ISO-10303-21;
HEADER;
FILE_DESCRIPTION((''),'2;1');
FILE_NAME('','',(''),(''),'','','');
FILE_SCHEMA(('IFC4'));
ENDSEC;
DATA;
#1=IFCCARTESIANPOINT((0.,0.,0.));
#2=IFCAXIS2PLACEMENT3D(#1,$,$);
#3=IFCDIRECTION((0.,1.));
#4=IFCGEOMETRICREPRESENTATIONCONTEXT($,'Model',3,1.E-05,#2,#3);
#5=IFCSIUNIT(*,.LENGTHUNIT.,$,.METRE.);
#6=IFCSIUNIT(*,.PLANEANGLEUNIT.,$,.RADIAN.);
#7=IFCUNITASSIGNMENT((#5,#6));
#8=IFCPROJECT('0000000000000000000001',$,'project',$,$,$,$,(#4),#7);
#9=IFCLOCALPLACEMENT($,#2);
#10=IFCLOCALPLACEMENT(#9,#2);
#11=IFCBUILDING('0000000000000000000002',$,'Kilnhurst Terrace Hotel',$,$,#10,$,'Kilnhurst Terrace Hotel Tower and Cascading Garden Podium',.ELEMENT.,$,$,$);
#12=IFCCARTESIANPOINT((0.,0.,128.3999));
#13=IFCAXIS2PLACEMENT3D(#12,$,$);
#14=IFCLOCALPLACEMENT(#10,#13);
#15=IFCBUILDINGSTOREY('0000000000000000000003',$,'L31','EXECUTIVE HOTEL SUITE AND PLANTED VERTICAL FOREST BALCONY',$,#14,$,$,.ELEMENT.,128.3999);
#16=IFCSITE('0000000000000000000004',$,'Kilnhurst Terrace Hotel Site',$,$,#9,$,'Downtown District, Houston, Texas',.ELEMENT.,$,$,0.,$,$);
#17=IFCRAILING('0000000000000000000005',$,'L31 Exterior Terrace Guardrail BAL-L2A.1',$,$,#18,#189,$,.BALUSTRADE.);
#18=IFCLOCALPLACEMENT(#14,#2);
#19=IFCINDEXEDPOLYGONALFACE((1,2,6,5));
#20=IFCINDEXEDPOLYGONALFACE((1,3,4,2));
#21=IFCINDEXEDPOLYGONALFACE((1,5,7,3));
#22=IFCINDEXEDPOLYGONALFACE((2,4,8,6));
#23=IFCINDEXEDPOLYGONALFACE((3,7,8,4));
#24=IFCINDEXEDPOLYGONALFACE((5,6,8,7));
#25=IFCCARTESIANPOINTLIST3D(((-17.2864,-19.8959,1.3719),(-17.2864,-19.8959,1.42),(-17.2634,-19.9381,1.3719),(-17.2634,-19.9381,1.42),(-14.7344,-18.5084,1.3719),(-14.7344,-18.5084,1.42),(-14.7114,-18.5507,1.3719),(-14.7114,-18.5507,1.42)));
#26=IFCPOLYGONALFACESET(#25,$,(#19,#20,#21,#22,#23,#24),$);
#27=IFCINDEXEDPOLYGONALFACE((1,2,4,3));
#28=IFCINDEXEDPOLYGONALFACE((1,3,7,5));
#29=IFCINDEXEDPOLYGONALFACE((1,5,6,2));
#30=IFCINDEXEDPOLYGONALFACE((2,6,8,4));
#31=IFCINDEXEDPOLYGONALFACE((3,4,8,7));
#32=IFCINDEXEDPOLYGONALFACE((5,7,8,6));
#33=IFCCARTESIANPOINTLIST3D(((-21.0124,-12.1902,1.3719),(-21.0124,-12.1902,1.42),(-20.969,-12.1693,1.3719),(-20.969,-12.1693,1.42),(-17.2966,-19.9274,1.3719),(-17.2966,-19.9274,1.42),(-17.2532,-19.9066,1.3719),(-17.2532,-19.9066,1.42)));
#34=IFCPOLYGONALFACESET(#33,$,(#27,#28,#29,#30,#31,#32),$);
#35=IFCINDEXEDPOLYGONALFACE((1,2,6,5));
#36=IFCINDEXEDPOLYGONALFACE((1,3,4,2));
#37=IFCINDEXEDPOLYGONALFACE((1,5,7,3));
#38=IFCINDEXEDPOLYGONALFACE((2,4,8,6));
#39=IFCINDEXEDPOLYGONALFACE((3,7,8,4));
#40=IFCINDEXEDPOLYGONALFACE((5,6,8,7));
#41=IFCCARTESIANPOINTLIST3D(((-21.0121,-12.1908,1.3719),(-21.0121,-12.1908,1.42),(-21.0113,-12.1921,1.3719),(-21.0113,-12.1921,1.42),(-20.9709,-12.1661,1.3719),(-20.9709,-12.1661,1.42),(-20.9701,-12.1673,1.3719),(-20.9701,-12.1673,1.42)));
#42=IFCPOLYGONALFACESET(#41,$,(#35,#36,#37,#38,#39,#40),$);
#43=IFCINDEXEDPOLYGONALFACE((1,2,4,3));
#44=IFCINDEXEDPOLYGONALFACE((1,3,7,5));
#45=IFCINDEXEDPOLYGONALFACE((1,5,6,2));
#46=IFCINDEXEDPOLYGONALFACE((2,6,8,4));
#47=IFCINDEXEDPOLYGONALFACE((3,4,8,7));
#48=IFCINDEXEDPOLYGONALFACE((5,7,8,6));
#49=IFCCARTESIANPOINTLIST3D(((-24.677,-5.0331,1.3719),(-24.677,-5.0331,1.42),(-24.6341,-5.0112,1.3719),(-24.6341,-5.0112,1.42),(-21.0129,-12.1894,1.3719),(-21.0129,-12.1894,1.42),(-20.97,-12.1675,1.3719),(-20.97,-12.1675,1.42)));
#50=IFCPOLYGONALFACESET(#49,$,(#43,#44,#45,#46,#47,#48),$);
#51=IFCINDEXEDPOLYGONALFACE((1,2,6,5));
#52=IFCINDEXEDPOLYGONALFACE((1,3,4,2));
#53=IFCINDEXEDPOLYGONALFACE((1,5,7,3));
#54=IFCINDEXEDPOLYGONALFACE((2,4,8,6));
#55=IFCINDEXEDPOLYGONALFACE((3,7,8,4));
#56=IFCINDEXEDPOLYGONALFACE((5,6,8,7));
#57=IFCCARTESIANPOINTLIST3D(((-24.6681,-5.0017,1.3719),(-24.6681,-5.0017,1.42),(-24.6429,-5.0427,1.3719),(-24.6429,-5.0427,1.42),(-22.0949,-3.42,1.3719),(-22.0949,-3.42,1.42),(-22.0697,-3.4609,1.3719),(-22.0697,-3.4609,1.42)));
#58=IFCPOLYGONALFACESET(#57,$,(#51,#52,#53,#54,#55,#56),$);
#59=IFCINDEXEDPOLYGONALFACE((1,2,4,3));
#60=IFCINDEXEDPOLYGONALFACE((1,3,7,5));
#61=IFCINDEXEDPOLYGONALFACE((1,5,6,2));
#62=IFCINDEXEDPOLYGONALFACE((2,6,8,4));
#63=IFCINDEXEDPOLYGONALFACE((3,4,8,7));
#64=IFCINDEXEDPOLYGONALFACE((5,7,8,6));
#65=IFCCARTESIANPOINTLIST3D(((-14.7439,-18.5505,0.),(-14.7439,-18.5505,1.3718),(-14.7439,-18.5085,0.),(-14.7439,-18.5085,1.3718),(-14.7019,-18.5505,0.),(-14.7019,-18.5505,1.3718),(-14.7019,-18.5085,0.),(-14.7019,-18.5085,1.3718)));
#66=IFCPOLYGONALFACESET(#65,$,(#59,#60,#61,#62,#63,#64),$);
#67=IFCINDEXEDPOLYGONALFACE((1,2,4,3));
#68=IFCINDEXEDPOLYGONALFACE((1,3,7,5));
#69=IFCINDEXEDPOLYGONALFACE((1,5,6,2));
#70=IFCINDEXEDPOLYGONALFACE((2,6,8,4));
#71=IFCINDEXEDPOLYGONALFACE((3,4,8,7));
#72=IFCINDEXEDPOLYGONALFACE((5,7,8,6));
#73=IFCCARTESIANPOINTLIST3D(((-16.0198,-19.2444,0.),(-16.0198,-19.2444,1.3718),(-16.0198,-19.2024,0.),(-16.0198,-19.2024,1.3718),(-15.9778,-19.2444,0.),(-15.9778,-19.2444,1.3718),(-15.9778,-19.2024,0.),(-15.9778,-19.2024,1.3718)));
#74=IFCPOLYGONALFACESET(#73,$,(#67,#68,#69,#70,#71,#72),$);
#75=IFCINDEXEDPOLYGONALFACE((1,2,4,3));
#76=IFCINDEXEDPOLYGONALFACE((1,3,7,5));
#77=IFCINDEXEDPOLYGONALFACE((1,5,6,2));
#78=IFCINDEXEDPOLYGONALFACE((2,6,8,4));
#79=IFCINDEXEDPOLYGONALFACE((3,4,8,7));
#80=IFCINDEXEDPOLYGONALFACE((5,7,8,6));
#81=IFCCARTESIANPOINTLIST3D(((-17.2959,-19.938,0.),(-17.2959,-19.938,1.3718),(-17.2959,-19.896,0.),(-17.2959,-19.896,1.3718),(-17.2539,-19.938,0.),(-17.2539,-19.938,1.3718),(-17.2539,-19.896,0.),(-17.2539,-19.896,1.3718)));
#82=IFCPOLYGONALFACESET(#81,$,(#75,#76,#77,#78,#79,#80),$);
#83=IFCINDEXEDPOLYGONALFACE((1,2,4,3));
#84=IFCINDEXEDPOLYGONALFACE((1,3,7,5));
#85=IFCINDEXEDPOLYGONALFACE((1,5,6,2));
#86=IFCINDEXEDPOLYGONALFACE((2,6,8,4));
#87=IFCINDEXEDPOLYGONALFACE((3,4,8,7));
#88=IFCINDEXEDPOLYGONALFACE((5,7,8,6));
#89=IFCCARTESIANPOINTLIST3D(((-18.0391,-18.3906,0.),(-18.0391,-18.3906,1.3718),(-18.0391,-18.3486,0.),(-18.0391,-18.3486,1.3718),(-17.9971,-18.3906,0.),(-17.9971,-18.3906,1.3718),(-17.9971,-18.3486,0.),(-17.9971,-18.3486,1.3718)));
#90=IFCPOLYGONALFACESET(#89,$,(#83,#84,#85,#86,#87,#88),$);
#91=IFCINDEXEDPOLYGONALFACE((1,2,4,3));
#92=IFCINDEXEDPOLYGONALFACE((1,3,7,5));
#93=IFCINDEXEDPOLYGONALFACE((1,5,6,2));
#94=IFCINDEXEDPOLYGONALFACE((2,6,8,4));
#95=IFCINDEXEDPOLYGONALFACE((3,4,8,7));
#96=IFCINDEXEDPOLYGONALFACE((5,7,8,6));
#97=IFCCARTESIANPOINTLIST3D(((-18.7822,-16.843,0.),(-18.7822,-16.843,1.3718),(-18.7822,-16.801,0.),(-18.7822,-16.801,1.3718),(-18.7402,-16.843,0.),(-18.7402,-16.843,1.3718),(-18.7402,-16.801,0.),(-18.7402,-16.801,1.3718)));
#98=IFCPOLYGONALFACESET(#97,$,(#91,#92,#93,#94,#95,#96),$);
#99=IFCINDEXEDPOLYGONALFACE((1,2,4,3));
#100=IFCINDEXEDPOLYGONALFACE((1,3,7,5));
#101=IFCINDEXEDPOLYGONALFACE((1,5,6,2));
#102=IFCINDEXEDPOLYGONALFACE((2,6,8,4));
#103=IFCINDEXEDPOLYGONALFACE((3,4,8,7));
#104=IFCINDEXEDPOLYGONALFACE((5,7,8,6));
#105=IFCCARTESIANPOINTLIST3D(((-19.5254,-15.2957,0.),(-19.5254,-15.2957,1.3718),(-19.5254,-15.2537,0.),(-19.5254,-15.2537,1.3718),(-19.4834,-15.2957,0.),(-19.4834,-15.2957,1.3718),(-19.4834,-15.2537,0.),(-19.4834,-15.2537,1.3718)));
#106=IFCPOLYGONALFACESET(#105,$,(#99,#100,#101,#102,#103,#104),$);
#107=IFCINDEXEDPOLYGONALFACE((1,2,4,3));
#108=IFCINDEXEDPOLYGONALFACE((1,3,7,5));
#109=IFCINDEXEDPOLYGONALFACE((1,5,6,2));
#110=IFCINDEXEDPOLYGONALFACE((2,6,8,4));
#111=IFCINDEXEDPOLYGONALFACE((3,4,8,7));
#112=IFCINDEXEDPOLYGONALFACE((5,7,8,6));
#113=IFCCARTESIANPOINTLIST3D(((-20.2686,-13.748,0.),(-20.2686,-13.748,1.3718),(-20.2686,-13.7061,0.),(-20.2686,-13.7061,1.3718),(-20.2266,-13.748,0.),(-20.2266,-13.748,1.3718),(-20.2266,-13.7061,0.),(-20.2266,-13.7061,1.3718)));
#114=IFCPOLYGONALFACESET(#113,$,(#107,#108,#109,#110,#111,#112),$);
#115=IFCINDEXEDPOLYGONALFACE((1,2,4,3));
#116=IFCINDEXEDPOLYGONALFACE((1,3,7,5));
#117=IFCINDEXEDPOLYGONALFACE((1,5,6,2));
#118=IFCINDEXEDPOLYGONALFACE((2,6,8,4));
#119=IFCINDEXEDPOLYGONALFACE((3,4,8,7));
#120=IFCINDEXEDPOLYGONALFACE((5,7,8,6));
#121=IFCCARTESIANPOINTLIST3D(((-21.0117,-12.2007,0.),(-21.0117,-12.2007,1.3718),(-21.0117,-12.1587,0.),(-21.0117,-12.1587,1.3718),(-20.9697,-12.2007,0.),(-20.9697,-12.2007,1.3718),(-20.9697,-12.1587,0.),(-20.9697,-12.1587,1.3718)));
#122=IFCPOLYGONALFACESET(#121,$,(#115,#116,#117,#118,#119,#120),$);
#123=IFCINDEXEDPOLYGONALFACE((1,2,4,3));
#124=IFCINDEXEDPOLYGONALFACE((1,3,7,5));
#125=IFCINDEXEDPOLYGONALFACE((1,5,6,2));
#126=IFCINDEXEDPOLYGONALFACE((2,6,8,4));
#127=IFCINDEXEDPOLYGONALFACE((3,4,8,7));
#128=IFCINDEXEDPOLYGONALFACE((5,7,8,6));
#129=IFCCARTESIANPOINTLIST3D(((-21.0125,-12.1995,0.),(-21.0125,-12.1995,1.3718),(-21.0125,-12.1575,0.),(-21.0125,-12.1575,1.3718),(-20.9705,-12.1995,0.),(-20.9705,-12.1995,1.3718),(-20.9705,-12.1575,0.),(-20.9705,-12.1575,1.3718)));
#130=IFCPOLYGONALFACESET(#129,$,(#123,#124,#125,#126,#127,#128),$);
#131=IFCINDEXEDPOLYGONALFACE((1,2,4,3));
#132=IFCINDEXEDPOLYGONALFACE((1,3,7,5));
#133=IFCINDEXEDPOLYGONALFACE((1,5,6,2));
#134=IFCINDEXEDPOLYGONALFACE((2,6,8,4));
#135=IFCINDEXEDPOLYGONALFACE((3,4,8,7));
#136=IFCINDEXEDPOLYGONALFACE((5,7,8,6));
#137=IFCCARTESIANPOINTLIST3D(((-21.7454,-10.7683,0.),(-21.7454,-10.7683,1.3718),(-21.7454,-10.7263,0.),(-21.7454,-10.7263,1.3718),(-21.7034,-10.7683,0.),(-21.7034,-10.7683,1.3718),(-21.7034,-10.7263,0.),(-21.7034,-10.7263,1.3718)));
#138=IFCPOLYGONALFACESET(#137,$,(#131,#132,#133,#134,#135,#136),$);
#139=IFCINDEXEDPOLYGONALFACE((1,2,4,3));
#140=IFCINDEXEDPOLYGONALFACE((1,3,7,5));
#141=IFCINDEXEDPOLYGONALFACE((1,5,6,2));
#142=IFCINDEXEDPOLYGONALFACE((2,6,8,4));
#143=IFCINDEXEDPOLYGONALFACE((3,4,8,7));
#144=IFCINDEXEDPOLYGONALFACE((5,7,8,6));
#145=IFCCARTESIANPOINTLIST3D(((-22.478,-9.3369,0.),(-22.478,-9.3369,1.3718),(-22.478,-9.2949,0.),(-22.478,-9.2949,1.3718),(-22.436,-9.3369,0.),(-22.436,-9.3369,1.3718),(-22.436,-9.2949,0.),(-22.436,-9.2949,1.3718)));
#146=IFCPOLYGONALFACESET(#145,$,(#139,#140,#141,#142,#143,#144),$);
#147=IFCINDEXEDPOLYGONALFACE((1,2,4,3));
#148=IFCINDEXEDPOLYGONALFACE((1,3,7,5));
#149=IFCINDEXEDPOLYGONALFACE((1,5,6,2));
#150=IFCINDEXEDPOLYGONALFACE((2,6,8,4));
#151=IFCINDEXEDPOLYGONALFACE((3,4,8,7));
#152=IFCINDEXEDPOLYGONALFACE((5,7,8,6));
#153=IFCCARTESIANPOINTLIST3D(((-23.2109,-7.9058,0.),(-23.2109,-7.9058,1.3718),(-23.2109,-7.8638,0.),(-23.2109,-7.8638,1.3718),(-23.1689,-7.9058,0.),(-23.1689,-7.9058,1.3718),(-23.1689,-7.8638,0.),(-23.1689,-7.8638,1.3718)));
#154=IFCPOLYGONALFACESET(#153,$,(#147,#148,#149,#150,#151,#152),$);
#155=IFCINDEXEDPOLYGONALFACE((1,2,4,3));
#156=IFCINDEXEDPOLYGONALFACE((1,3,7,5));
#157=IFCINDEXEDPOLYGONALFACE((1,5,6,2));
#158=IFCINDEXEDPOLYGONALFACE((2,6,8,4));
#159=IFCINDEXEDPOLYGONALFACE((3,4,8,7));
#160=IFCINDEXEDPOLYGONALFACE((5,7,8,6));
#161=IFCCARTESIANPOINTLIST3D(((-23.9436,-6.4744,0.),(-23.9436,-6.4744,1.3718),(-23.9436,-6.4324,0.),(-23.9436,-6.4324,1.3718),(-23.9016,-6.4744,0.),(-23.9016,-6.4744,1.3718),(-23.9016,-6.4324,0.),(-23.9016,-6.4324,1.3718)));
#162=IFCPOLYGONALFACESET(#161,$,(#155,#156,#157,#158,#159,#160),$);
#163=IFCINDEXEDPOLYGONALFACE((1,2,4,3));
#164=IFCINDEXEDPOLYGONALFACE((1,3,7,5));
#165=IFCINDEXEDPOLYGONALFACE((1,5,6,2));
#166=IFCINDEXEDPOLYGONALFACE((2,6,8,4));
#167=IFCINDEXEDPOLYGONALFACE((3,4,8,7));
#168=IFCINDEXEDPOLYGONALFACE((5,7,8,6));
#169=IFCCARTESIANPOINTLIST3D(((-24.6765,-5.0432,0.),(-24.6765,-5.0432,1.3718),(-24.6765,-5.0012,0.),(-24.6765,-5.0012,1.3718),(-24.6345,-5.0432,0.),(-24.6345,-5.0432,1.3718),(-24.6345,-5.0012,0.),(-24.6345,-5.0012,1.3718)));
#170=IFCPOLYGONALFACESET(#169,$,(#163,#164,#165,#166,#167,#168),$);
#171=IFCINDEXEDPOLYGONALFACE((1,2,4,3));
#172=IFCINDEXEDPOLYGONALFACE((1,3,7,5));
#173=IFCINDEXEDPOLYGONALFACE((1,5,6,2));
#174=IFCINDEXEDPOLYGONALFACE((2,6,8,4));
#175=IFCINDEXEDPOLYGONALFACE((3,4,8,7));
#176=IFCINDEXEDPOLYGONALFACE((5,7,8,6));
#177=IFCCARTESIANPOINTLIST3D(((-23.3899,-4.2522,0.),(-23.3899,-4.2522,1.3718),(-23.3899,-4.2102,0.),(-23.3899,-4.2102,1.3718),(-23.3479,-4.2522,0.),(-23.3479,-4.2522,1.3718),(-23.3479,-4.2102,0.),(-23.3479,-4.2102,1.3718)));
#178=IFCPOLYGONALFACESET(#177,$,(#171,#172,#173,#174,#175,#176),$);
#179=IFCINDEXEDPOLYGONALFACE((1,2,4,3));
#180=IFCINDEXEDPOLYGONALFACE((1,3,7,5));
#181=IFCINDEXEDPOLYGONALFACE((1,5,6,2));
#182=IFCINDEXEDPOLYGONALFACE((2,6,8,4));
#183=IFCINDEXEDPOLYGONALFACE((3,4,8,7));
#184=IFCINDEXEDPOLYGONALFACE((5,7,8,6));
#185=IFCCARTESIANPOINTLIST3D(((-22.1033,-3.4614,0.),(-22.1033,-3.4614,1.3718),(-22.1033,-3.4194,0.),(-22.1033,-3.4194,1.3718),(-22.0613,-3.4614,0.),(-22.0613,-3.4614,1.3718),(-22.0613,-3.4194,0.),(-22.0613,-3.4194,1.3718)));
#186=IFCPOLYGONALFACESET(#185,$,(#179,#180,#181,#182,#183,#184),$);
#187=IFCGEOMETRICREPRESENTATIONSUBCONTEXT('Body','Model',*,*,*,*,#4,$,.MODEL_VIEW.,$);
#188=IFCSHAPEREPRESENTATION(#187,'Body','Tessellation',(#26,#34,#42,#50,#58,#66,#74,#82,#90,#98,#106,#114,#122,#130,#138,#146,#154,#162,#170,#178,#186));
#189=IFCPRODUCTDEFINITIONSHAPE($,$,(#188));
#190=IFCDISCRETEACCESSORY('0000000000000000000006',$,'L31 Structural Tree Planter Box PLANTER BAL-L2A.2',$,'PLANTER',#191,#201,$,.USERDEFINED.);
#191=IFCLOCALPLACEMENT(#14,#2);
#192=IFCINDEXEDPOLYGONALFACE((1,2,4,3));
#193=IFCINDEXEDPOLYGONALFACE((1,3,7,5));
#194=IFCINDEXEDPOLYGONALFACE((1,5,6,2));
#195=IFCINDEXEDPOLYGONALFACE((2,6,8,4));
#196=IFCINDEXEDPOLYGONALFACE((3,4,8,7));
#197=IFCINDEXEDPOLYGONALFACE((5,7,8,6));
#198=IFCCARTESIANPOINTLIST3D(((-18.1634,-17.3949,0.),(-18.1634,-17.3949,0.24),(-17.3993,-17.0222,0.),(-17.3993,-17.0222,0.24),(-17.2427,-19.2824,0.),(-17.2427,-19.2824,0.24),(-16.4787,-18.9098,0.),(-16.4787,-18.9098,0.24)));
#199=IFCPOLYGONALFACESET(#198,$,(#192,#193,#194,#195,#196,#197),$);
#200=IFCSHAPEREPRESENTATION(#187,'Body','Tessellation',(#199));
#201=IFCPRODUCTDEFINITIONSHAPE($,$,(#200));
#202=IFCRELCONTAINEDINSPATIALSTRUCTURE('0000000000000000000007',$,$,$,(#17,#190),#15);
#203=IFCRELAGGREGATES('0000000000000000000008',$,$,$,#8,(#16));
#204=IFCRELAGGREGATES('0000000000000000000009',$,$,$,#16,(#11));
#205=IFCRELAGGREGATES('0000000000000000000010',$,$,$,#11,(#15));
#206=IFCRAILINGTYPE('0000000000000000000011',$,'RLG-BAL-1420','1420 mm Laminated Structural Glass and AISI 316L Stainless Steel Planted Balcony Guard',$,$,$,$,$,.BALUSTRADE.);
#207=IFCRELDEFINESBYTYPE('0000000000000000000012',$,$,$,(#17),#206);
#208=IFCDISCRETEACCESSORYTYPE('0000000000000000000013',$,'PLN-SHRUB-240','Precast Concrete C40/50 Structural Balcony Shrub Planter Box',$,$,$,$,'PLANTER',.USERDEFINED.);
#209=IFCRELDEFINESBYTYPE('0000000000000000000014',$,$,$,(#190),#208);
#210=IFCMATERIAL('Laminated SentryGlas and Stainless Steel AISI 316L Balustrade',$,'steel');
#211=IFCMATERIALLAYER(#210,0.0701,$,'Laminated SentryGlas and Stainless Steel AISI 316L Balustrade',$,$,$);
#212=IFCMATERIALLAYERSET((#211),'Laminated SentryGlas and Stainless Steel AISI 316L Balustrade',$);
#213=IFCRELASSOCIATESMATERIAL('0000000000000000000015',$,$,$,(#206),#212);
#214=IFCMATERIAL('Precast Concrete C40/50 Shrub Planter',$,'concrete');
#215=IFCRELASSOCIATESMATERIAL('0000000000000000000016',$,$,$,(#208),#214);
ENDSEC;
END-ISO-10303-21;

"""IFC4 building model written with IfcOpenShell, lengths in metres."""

from ifc_helpers import new_model, si_unit, direction, frame, origin, origin_2d, place, context, subcontext, project, spatial, rectangle, extrude, material, layer, layer_set, type_object, element, save


model = new_model("IFC4")

# Units and contexts
model_context = context("Model", 3, precision=1e-05, world=origin(), true_north=direction((0.0, 1.0)))
body_context = subcontext(model_context, "Body", "Model", "MODEL_VIEW")
ifc_project = project(units=[si_unit("LENGTHUNIT", "METRE"), si_unit("PLANEANGLEUNIT", "RADIAN")], contexts=[model_context])

# Site, building, storey
site_placement = place(None, origin())
site = spatial("IfcSite", under=ifc_project, at=site_placement, Name="Kilnhurst Terrace Hotel Site", LongName="Downtown District, Houston, Texas", CompositionType="ELEMENT", RefElevation=0.0)
building_placement = place(site_placement, origin())
building = spatial("IfcBuilding", under=site, at=building_placement, Name="Kilnhurst Terrace Hotel", LongName="Kilnhurst Terrace Hotel Tower and Cascading Garden Podium", CompositionType="ELEMENT")
storey_placement = place(building_placement, frame((0.0, 0.0, 128.3999)))
storey = spatial("IfcBuildingStorey", under=building, at=storey_placement, Name="L31", Description="EXECUTIVE HOTEL SUITE AND PLANTED VERTICAL FOREST BALCONY", CompositionType="ELEMENT", Elevation=128.3999)

# Railing
ifc_material_1 = material(Name="Laminated SentryGlas and Stainless Steel AISI 316L Balustrade", Category="steel")
ifc_layer_1 = layer(ifc_material_1, 0.0701, Name="Laminated SentryGlas and Stainless Steel AISI 316L Balustrade")
ifc_layer_set_1 = layer_set([ifc_layer_1], Name="Laminated SentryGlas and Stainless Steel AISI 316L Balustrade")
railing_type = type_object("IfcRailingType", Name="RLG-BAL-1420", Description="1420 mm Laminated Structural Glass and AISI 316L Stainless Steel Planted Balcony Guard", PredefinedType="BALUSTRADE", material=ifc_layer_set_1)
railing_placement = place(storey_placement, frame((-14.7229, -18.5295, 0.0)))
element("IfcRailing", 1, at=railing_placement, inside=storey, type_object=railing_type, Name="L31 Exterior Terrace Guardrail BAL-L2A.1", PredefinedType="BALUSTRADE", context=body_context, shape_type="SweptSolid", body=[
    extrude(rectangle(XDim=0.0481, YDim=0.0481, at=origin_2d()), frame((0.0, 0.0, 1.396), z_axis=(-0.878553, -0.477644, 0.0), x_axis=(0.477644, -0.878553, 0.0)), (0.0, 0.0, 1.0), 2.9048),
    extrude(rectangle(XDim=0.0481, YDim=0.0481, at=origin_2d()), frame((-2.552, -1.3875, 1.396), z_axis=(-0.432912, 0.901436, 0.0), x_axis=(-0.901436, -0.432912, 0.0)), (0.0, 0.0, 1.0), 8.5833),
    extrude(rectangle(XDim=0.0481, YDim=0.0481, at=origin_2d()), frame((-6.2678, 6.3499, 1.396), z_axis=(-0.514496, 0.857493, 0.0), x_axis=(-0.857493, -0.514496, 0.0)), (0.0, 0.0, 1.0), 0.0015),
    extrude(rectangle(XDim=0.0481, YDim=0.0481, at=origin_2d()), frame((-6.2686, 6.3511, 1.396), z_axis=(-0.455744, 0.890111, 0.0), x_axis=(-0.890111, -0.455744, 0.0)), (0.0, 0.0, 1.0), 8.0398),
    extrude(rectangle(XDim=0.0481, YDim=0.0481, at=origin_2d()), frame((-9.9326, 13.5073, 1.396), z_axis=(0.851916, 0.523678, 0.0), x_axis=(-0.523678, 0.851916, 0.0)), (0.0, 0.0, 1.0), 3.0205),
    extrude(rectangle(XDim=0.042, YDim=0.042, at=origin_2d()), origin(), (0.0, 0.0, 1.0), 1.3718),
    extrude(rectangle(XDim=0.042, YDim=0.042, at=origin_2d()), frame((-1.2759, -0.6938, 0.0)), (0.0, 0.0, 1.0), 1.3718),
    extrude(rectangle(XDim=0.042, YDim=0.042, at=origin_2d()), frame((-2.552, -1.3875, 0.0)), (0.0, 0.0, 1.0), 1.3718),
    extrude(rectangle(XDim=0.042, YDim=0.042, at=origin_2d()), frame((-3.2952, 0.1599, 0.0)), (0.0, 0.0, 1.0), 1.3718),
    extrude(rectangle(XDim=0.042, YDim=0.042, at=origin_2d()), frame((-4.0383, 1.7075, 0.0)), (0.0, 0.0, 1.0), 1.3718),
    extrude(rectangle(XDim=0.042, YDim=0.042, at=origin_2d()), frame((-4.7815, 3.2549, 0.0)), (0.0, 0.0, 1.0), 1.3718),
    extrude(rectangle(XDim=0.042, YDim=0.042, at=origin_2d()), frame((-5.5247, 4.8025, 0.0)), (0.0, 0.0, 1.0), 1.3718),
    extrude(rectangle(XDim=0.042, YDim=0.042, at=origin_2d()), frame((-6.2678, 6.3499, 0.0)), (0.0, 0.0, 1.0), 1.3718),
    extrude(rectangle(XDim=0.042, YDim=0.042, at=origin_2d()), frame((-6.2686, 6.3511, 0.0)), (0.0, 0.0, 1.0), 1.3718),
    extrude(rectangle(XDim=0.042, YDim=0.042, at=origin_2d()), frame((-7.0015, 7.7822, 0.0)), (0.0, 0.0, 1.0), 1.3718),
    extrude(rectangle(XDim=0.042, YDim=0.042, at=origin_2d()), frame((-7.7341, 9.2136, 0.0)), (0.0, 0.0, 1.0), 1.3718),
    extrude(rectangle(XDim=0.042, YDim=0.042, at=origin_2d()), frame((-8.467, 10.6448, 0.0)), (0.0, 0.0, 1.0), 1.3718),
    extrude(rectangle(XDim=0.042, YDim=0.042, at=origin_2d()), frame((-9.1997, 12.0762, 0.0)), (0.0, 0.0, 1.0), 1.3718),
    extrude(rectangle(XDim=0.042, YDim=0.042, at=origin_2d()), frame((-9.9326, 13.5073, 0.0)), (0.0, 0.0, 1.0), 1.3718),
    extrude(rectangle(XDim=0.042, YDim=0.042, at=origin_2d()), frame((-8.646, 14.2983, 0.0)), (0.0, 0.0, 1.0), 1.3718),
    extrude(rectangle(XDim=0.042, YDim=0.042, at=origin_2d()), frame((-7.3594, 15.0891, 0.0)), (0.0, 0.0, 1.0), 1.3718),
])

# Discrete accessory
ifc_material_2 = material(Name="Precast Concrete C40/50 Shrub Planter", Category="concrete")
discrete_accessory_type = type_object("IfcDiscreteAccessoryType", Name="PLN-SHRUB-240", Description="Precast Concrete C40/50 Structural Balcony Shrub Planter Box", ElementType="PLANTER", PredefinedType="USERDEFINED", material=ifc_material_2)
discrete_accessory_placement = place(storey_placement, frame((-17.321, -18.1523, 0.0), z_axis=(0.0, 0.0, 1.0), x_axis=(0.438387, -0.898786, 0.0)))
element("IfcDiscreteAccessory", 2, at=discrete_accessory_placement, inside=storey, type_object=discrete_accessory_type, Name="L31 Structural Tree Planter Box PLANTER BAL-L2A.2", ObjectType="PLANTER", PredefinedType="USERDEFINED", context=body_context, shape_type="SweptSolid", body=[
    extrude(rectangle(XDim=2.1001, YDim=0.8501, at=origin_2d()), origin(), (0.0, 0.0, 1.0), 0.24),
])

save(model, "model.ifc")
